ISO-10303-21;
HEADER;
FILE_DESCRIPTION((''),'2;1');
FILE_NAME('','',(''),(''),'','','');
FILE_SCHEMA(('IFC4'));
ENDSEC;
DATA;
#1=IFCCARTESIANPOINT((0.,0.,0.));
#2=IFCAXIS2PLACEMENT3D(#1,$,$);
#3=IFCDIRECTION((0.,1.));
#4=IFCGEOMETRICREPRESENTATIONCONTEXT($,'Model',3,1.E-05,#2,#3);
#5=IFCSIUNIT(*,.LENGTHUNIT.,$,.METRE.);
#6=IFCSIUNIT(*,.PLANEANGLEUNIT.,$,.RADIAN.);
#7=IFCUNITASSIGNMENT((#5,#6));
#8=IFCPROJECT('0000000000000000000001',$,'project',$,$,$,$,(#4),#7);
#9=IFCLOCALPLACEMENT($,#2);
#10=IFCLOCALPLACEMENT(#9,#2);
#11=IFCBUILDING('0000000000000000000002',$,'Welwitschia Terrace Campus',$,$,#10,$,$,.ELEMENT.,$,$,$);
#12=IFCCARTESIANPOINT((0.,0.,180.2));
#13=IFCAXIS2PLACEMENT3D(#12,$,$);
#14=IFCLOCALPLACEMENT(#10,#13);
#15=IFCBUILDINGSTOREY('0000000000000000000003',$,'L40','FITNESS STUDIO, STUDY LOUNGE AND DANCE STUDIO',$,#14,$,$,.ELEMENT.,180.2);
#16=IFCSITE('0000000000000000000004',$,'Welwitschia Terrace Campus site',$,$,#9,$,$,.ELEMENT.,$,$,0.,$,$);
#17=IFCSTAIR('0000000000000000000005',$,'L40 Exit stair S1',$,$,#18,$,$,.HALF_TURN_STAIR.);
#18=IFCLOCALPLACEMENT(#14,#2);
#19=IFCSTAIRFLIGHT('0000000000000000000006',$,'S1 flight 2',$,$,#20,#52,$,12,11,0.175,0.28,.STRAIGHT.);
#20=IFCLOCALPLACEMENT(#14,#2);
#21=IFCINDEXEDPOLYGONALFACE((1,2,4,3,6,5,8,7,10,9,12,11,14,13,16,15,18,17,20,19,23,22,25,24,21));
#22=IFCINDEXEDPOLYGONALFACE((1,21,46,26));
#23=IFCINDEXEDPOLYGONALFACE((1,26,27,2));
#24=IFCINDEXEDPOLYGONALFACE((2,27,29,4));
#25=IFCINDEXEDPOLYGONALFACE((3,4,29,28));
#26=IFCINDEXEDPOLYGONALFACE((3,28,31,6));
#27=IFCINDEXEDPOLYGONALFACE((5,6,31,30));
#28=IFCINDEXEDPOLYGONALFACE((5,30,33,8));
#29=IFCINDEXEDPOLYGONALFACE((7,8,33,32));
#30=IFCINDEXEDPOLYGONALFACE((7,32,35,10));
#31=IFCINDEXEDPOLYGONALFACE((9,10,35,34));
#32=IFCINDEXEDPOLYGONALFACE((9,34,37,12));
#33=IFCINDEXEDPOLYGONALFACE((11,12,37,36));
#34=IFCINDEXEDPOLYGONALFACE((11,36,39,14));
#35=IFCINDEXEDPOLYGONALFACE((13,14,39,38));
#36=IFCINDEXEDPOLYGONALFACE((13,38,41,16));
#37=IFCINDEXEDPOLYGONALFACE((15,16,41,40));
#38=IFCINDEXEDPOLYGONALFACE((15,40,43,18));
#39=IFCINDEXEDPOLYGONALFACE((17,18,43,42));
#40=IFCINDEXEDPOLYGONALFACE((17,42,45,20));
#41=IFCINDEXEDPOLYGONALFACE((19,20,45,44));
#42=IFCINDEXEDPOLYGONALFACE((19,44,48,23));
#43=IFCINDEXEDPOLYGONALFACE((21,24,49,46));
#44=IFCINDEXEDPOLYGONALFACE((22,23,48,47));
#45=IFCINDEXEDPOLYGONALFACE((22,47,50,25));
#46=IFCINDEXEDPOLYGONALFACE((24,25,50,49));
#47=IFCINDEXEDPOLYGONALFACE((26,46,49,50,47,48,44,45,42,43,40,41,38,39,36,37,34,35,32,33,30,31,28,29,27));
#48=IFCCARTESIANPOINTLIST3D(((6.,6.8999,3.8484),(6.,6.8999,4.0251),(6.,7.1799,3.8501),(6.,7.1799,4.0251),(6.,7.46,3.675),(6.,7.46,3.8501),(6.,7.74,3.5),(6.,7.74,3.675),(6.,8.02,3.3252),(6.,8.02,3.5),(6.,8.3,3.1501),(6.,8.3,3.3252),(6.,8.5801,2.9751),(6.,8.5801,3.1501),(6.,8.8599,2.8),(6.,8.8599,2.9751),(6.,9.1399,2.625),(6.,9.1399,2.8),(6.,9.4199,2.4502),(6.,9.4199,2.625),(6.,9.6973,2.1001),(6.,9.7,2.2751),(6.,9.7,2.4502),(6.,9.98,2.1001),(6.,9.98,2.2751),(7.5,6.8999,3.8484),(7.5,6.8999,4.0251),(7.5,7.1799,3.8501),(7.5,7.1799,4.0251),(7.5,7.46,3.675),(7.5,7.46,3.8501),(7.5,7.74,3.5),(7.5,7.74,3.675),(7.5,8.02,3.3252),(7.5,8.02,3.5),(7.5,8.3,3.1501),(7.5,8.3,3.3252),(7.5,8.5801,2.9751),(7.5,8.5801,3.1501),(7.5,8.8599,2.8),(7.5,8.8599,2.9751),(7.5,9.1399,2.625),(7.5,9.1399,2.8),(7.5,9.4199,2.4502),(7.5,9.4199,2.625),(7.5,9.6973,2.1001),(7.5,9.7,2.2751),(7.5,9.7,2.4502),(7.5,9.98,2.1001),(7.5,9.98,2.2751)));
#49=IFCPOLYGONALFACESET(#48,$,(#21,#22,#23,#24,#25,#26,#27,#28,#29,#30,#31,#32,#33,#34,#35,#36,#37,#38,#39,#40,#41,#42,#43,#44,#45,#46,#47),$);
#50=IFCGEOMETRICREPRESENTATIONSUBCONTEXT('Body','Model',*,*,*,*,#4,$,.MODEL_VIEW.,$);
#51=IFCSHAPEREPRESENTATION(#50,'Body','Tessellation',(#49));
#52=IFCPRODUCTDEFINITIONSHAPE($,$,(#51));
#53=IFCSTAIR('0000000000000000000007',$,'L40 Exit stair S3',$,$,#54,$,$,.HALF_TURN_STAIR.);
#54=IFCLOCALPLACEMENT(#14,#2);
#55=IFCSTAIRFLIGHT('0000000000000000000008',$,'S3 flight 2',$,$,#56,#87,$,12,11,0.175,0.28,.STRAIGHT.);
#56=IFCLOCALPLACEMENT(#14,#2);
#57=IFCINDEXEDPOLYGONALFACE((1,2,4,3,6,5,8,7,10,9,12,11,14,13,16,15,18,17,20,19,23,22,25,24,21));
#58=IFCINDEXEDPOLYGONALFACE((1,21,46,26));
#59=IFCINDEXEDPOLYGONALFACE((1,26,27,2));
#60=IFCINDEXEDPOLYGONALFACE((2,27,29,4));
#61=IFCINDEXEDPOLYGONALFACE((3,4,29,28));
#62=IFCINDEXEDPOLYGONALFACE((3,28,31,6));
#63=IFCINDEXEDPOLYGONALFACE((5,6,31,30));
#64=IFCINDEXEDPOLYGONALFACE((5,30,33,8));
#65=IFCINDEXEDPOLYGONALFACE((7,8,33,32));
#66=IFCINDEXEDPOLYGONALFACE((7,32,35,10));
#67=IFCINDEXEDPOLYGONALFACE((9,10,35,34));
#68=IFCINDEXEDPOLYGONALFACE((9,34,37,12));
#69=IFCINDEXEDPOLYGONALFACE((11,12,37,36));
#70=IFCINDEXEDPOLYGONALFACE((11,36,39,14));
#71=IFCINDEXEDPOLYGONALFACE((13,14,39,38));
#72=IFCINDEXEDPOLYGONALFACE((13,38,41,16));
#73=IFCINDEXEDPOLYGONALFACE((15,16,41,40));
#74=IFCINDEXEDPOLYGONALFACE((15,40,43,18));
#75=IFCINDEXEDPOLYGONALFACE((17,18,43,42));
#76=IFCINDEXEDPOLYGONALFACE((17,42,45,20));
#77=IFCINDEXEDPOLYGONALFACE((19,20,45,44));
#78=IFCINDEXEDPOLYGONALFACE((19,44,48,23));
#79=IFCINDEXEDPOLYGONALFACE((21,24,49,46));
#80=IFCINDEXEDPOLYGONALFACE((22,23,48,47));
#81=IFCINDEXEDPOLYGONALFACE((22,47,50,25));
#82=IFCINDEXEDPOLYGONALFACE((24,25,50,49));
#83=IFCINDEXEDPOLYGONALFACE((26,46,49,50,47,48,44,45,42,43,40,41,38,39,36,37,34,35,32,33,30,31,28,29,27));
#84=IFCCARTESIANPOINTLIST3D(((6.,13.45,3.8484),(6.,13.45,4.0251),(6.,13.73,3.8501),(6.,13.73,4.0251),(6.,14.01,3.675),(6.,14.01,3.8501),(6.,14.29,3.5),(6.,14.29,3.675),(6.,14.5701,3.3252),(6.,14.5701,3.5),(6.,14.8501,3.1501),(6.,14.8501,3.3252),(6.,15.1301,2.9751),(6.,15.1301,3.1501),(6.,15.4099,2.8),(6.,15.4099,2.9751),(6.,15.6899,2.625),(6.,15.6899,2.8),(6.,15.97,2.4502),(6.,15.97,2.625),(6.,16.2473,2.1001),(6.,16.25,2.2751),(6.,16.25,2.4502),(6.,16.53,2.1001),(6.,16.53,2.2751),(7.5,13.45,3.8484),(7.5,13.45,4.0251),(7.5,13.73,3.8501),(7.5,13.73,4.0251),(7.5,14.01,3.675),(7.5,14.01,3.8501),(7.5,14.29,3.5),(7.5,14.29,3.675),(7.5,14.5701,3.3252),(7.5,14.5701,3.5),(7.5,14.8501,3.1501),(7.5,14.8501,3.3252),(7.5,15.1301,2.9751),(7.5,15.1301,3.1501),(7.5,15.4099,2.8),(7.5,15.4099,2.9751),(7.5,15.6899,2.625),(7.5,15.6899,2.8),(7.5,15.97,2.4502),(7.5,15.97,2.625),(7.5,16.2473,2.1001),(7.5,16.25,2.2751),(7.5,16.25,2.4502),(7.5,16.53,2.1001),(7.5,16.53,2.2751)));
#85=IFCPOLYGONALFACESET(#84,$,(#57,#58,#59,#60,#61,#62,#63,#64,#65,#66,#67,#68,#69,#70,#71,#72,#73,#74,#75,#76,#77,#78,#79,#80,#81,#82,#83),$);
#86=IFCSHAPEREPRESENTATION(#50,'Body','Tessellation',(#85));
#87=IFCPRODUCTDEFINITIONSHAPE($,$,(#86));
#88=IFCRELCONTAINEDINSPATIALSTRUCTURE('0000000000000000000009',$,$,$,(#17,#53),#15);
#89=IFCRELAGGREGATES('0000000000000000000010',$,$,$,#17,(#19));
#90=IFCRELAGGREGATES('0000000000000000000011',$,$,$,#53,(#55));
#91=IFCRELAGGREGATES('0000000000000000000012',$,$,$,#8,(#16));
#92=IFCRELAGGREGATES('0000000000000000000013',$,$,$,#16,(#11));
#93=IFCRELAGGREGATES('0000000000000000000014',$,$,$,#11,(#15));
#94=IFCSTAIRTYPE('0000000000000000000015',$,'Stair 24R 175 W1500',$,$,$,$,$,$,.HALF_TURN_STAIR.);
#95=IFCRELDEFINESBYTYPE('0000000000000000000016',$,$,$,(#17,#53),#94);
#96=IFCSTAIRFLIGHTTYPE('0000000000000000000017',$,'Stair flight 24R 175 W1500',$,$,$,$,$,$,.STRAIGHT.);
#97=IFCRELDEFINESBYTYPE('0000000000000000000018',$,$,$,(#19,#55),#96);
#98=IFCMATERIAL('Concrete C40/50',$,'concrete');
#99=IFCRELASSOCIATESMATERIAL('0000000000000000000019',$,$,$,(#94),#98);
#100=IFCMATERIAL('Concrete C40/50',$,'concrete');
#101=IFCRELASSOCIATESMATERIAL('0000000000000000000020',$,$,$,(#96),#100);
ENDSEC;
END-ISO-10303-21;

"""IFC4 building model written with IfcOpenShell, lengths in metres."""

from ifc_helpers import new_model, si_unit, direction, frame, origin, place, context, subcontext, project, spatial, polyline, outline, extrude, material, type_object, element, aggregate, save


model = new_model("IFC4")

# Units and contexts
model_context = context("Model", 3, precision=1e-05, world=origin(), true_north=direction((0.0, 1.0)))
body_context = subcontext(model_context, "Body", "Model", "MODEL_VIEW")
ifc_project = project(units=[si_unit("LENGTHUNIT", "METRE"), si_unit("PLANEANGLEUNIT", "RADIAN")], contexts=[model_context])

# Site, building, storey
site_placement = place(None, origin())
site = spatial("IfcSite", under=ifc_project, at=site_placement, Name="Welwitschia Terrace Campus site", CompositionType="ELEMENT", RefElevation=0.0)
building_placement = place(site_placement, origin())
building = spatial("IfcBuilding", under=site, at=building_placement, Name="Welwitschia Terrace Campus", CompositionType="ELEMENT")
storey_placement = place(building_placement, frame((0.0, 0.0, 180.2)))
storey = spatial("IfcBuildingStorey", under=building, at=storey_placement, Name="L40", Description="FITNESS STUDIO, STUDY LOUNGE AND DANCE STUDIO", CompositionType="ELEMENT", Elevation=180.2)

# Stairs, stair flights
ifc_material_1 = material(Name="Concrete C40/50", Category="concrete")
stair_type = type_object("IfcStairType", Name="Stair 24R 175 W1500", PredefinedType="HALF_TURN_STAIR", material=ifc_material_1)
stair_1_placement = place(storey_placement, origin())
stair_1 = element("IfcStair", 1, at=stair_1_placement, inside=storey, type_object=stair_type, Name="L40 Exit stair S1", PredefinedType="HALF_TURN_STAIR")
ifc_material_2 = material(Name="Concrete C40/50", Category="concrete")
stair_flight_type = type_object("IfcStairFlightType", Name="Stair flight 24R 175 W1500", PredefinedType="STRAIGHT", material=ifc_material_2)
stair_flight_1_placement = place(storey_placement, frame((6.75, 9.98, 2.1001), z_axis=(0.0, 0.0, 1.0), x_axis=(0.0, -1.0, 0.0)))
stair_flight_1 = element("IfcStairFlight", 2, at=stair_flight_1_placement, type_object=stair_flight_type, Name="S1 flight 2", NumberOfRisers=12, NumberOfTreads=11, PredefinedType="STRAIGHT", RiserHeight=0.175, TreadLength=0.28, context=body_context, shape_type="SweptSolid", body=[
    extrude(outline(polyline([(0.0, 0.0), (0.0, 0.175), (0.28, 0.175), (0.28, 0.3501), (0.5601, 0.3501), (0.5601, 0.5249), (0.8401, 0.5249), (0.8401, 0.7), (1.1201, 0.7), (1.1201, 0.875), (1.3999, 0.875), (1.3999, 1.05), (1.6799, 1.05), (1.6799, 1.2251), (1.96, 1.2251), (1.96, 1.3999), (2.24, 1.3999), (2.24, 1.575), (2.52, 1.575), (2.52, 1.75), (2.8, 1.75), (2.8, 1.925), (3.0801, 1.925), (3.0801, 2.1001), (3.0801, 1.7483), (0.2827, 0.0), (0.0, 0.0)])), frame((0.0, 0.75, 0.0), z_axis=(0.0, -1.0, 0.0), x_axis=(1.0, 0.0, 0.0)), (0.0, 0.0, 1.0), 1.5),
])
aggregate(stair_1, [stair_flight_1])
stair_2_placement = place(storey_placement, origin())
stair_2 = element("IfcStair", 3, at=stair_2_placement, inside=storey, type_object=stair_type, Name="L40 Exit stair S3", PredefinedType="HALF_TURN_STAIR")
stair_flight_2_placement = place(storey_placement, frame((6.75, 16.53, 2.1001), z_axis=(0.0, 0.0, 1.0), x_axis=(0.0, -1.0, 0.0)))
stair_flight_2 = element("IfcStairFlight", 4, at=stair_flight_2_placement, type_object=stair_flight_type, Name="S3 flight 2", NumberOfRisers=12, NumberOfTreads=11, PredefinedType="STRAIGHT", RiserHeight=0.175, TreadLength=0.28, context=body_context, shape_type="SweptSolid", body=[
    extrude(outline(polyline([(0.0, 0.0), (0.0, 0.175), (0.28, 0.175), (0.28, 0.3501), (0.5601, 0.3501), (0.5601, 0.5249), (0.8401, 0.5249), (0.8401, 0.7), (1.1201, 0.7), (1.1201, 0.875), (1.3999, 0.875), (1.3999, 1.05), (1.6799, 1.05), (1.6799, 1.2251), (1.96, 1.2251), (1.96, 1.3999), (2.24, 1.3999), (2.24, 1.575), (2.52, 1.575), (2.52, 1.75), (2.8, 1.75), (2.8, 1.925), (3.0801, 1.925), (3.0801, 2.1001), (3.0801, 1.7483), (0.2827, 0.0), (0.0, 0.0)])), frame((0.0, 0.75, 0.0), z_axis=(0.0, -1.0, 0.0), x_axis=(1.0, 0.0, 0.0)), (0.0, 0.0, 1.0), 1.5),
])
aggregate(stair_2, [stair_flight_2])

save(model, "model.ifc")
